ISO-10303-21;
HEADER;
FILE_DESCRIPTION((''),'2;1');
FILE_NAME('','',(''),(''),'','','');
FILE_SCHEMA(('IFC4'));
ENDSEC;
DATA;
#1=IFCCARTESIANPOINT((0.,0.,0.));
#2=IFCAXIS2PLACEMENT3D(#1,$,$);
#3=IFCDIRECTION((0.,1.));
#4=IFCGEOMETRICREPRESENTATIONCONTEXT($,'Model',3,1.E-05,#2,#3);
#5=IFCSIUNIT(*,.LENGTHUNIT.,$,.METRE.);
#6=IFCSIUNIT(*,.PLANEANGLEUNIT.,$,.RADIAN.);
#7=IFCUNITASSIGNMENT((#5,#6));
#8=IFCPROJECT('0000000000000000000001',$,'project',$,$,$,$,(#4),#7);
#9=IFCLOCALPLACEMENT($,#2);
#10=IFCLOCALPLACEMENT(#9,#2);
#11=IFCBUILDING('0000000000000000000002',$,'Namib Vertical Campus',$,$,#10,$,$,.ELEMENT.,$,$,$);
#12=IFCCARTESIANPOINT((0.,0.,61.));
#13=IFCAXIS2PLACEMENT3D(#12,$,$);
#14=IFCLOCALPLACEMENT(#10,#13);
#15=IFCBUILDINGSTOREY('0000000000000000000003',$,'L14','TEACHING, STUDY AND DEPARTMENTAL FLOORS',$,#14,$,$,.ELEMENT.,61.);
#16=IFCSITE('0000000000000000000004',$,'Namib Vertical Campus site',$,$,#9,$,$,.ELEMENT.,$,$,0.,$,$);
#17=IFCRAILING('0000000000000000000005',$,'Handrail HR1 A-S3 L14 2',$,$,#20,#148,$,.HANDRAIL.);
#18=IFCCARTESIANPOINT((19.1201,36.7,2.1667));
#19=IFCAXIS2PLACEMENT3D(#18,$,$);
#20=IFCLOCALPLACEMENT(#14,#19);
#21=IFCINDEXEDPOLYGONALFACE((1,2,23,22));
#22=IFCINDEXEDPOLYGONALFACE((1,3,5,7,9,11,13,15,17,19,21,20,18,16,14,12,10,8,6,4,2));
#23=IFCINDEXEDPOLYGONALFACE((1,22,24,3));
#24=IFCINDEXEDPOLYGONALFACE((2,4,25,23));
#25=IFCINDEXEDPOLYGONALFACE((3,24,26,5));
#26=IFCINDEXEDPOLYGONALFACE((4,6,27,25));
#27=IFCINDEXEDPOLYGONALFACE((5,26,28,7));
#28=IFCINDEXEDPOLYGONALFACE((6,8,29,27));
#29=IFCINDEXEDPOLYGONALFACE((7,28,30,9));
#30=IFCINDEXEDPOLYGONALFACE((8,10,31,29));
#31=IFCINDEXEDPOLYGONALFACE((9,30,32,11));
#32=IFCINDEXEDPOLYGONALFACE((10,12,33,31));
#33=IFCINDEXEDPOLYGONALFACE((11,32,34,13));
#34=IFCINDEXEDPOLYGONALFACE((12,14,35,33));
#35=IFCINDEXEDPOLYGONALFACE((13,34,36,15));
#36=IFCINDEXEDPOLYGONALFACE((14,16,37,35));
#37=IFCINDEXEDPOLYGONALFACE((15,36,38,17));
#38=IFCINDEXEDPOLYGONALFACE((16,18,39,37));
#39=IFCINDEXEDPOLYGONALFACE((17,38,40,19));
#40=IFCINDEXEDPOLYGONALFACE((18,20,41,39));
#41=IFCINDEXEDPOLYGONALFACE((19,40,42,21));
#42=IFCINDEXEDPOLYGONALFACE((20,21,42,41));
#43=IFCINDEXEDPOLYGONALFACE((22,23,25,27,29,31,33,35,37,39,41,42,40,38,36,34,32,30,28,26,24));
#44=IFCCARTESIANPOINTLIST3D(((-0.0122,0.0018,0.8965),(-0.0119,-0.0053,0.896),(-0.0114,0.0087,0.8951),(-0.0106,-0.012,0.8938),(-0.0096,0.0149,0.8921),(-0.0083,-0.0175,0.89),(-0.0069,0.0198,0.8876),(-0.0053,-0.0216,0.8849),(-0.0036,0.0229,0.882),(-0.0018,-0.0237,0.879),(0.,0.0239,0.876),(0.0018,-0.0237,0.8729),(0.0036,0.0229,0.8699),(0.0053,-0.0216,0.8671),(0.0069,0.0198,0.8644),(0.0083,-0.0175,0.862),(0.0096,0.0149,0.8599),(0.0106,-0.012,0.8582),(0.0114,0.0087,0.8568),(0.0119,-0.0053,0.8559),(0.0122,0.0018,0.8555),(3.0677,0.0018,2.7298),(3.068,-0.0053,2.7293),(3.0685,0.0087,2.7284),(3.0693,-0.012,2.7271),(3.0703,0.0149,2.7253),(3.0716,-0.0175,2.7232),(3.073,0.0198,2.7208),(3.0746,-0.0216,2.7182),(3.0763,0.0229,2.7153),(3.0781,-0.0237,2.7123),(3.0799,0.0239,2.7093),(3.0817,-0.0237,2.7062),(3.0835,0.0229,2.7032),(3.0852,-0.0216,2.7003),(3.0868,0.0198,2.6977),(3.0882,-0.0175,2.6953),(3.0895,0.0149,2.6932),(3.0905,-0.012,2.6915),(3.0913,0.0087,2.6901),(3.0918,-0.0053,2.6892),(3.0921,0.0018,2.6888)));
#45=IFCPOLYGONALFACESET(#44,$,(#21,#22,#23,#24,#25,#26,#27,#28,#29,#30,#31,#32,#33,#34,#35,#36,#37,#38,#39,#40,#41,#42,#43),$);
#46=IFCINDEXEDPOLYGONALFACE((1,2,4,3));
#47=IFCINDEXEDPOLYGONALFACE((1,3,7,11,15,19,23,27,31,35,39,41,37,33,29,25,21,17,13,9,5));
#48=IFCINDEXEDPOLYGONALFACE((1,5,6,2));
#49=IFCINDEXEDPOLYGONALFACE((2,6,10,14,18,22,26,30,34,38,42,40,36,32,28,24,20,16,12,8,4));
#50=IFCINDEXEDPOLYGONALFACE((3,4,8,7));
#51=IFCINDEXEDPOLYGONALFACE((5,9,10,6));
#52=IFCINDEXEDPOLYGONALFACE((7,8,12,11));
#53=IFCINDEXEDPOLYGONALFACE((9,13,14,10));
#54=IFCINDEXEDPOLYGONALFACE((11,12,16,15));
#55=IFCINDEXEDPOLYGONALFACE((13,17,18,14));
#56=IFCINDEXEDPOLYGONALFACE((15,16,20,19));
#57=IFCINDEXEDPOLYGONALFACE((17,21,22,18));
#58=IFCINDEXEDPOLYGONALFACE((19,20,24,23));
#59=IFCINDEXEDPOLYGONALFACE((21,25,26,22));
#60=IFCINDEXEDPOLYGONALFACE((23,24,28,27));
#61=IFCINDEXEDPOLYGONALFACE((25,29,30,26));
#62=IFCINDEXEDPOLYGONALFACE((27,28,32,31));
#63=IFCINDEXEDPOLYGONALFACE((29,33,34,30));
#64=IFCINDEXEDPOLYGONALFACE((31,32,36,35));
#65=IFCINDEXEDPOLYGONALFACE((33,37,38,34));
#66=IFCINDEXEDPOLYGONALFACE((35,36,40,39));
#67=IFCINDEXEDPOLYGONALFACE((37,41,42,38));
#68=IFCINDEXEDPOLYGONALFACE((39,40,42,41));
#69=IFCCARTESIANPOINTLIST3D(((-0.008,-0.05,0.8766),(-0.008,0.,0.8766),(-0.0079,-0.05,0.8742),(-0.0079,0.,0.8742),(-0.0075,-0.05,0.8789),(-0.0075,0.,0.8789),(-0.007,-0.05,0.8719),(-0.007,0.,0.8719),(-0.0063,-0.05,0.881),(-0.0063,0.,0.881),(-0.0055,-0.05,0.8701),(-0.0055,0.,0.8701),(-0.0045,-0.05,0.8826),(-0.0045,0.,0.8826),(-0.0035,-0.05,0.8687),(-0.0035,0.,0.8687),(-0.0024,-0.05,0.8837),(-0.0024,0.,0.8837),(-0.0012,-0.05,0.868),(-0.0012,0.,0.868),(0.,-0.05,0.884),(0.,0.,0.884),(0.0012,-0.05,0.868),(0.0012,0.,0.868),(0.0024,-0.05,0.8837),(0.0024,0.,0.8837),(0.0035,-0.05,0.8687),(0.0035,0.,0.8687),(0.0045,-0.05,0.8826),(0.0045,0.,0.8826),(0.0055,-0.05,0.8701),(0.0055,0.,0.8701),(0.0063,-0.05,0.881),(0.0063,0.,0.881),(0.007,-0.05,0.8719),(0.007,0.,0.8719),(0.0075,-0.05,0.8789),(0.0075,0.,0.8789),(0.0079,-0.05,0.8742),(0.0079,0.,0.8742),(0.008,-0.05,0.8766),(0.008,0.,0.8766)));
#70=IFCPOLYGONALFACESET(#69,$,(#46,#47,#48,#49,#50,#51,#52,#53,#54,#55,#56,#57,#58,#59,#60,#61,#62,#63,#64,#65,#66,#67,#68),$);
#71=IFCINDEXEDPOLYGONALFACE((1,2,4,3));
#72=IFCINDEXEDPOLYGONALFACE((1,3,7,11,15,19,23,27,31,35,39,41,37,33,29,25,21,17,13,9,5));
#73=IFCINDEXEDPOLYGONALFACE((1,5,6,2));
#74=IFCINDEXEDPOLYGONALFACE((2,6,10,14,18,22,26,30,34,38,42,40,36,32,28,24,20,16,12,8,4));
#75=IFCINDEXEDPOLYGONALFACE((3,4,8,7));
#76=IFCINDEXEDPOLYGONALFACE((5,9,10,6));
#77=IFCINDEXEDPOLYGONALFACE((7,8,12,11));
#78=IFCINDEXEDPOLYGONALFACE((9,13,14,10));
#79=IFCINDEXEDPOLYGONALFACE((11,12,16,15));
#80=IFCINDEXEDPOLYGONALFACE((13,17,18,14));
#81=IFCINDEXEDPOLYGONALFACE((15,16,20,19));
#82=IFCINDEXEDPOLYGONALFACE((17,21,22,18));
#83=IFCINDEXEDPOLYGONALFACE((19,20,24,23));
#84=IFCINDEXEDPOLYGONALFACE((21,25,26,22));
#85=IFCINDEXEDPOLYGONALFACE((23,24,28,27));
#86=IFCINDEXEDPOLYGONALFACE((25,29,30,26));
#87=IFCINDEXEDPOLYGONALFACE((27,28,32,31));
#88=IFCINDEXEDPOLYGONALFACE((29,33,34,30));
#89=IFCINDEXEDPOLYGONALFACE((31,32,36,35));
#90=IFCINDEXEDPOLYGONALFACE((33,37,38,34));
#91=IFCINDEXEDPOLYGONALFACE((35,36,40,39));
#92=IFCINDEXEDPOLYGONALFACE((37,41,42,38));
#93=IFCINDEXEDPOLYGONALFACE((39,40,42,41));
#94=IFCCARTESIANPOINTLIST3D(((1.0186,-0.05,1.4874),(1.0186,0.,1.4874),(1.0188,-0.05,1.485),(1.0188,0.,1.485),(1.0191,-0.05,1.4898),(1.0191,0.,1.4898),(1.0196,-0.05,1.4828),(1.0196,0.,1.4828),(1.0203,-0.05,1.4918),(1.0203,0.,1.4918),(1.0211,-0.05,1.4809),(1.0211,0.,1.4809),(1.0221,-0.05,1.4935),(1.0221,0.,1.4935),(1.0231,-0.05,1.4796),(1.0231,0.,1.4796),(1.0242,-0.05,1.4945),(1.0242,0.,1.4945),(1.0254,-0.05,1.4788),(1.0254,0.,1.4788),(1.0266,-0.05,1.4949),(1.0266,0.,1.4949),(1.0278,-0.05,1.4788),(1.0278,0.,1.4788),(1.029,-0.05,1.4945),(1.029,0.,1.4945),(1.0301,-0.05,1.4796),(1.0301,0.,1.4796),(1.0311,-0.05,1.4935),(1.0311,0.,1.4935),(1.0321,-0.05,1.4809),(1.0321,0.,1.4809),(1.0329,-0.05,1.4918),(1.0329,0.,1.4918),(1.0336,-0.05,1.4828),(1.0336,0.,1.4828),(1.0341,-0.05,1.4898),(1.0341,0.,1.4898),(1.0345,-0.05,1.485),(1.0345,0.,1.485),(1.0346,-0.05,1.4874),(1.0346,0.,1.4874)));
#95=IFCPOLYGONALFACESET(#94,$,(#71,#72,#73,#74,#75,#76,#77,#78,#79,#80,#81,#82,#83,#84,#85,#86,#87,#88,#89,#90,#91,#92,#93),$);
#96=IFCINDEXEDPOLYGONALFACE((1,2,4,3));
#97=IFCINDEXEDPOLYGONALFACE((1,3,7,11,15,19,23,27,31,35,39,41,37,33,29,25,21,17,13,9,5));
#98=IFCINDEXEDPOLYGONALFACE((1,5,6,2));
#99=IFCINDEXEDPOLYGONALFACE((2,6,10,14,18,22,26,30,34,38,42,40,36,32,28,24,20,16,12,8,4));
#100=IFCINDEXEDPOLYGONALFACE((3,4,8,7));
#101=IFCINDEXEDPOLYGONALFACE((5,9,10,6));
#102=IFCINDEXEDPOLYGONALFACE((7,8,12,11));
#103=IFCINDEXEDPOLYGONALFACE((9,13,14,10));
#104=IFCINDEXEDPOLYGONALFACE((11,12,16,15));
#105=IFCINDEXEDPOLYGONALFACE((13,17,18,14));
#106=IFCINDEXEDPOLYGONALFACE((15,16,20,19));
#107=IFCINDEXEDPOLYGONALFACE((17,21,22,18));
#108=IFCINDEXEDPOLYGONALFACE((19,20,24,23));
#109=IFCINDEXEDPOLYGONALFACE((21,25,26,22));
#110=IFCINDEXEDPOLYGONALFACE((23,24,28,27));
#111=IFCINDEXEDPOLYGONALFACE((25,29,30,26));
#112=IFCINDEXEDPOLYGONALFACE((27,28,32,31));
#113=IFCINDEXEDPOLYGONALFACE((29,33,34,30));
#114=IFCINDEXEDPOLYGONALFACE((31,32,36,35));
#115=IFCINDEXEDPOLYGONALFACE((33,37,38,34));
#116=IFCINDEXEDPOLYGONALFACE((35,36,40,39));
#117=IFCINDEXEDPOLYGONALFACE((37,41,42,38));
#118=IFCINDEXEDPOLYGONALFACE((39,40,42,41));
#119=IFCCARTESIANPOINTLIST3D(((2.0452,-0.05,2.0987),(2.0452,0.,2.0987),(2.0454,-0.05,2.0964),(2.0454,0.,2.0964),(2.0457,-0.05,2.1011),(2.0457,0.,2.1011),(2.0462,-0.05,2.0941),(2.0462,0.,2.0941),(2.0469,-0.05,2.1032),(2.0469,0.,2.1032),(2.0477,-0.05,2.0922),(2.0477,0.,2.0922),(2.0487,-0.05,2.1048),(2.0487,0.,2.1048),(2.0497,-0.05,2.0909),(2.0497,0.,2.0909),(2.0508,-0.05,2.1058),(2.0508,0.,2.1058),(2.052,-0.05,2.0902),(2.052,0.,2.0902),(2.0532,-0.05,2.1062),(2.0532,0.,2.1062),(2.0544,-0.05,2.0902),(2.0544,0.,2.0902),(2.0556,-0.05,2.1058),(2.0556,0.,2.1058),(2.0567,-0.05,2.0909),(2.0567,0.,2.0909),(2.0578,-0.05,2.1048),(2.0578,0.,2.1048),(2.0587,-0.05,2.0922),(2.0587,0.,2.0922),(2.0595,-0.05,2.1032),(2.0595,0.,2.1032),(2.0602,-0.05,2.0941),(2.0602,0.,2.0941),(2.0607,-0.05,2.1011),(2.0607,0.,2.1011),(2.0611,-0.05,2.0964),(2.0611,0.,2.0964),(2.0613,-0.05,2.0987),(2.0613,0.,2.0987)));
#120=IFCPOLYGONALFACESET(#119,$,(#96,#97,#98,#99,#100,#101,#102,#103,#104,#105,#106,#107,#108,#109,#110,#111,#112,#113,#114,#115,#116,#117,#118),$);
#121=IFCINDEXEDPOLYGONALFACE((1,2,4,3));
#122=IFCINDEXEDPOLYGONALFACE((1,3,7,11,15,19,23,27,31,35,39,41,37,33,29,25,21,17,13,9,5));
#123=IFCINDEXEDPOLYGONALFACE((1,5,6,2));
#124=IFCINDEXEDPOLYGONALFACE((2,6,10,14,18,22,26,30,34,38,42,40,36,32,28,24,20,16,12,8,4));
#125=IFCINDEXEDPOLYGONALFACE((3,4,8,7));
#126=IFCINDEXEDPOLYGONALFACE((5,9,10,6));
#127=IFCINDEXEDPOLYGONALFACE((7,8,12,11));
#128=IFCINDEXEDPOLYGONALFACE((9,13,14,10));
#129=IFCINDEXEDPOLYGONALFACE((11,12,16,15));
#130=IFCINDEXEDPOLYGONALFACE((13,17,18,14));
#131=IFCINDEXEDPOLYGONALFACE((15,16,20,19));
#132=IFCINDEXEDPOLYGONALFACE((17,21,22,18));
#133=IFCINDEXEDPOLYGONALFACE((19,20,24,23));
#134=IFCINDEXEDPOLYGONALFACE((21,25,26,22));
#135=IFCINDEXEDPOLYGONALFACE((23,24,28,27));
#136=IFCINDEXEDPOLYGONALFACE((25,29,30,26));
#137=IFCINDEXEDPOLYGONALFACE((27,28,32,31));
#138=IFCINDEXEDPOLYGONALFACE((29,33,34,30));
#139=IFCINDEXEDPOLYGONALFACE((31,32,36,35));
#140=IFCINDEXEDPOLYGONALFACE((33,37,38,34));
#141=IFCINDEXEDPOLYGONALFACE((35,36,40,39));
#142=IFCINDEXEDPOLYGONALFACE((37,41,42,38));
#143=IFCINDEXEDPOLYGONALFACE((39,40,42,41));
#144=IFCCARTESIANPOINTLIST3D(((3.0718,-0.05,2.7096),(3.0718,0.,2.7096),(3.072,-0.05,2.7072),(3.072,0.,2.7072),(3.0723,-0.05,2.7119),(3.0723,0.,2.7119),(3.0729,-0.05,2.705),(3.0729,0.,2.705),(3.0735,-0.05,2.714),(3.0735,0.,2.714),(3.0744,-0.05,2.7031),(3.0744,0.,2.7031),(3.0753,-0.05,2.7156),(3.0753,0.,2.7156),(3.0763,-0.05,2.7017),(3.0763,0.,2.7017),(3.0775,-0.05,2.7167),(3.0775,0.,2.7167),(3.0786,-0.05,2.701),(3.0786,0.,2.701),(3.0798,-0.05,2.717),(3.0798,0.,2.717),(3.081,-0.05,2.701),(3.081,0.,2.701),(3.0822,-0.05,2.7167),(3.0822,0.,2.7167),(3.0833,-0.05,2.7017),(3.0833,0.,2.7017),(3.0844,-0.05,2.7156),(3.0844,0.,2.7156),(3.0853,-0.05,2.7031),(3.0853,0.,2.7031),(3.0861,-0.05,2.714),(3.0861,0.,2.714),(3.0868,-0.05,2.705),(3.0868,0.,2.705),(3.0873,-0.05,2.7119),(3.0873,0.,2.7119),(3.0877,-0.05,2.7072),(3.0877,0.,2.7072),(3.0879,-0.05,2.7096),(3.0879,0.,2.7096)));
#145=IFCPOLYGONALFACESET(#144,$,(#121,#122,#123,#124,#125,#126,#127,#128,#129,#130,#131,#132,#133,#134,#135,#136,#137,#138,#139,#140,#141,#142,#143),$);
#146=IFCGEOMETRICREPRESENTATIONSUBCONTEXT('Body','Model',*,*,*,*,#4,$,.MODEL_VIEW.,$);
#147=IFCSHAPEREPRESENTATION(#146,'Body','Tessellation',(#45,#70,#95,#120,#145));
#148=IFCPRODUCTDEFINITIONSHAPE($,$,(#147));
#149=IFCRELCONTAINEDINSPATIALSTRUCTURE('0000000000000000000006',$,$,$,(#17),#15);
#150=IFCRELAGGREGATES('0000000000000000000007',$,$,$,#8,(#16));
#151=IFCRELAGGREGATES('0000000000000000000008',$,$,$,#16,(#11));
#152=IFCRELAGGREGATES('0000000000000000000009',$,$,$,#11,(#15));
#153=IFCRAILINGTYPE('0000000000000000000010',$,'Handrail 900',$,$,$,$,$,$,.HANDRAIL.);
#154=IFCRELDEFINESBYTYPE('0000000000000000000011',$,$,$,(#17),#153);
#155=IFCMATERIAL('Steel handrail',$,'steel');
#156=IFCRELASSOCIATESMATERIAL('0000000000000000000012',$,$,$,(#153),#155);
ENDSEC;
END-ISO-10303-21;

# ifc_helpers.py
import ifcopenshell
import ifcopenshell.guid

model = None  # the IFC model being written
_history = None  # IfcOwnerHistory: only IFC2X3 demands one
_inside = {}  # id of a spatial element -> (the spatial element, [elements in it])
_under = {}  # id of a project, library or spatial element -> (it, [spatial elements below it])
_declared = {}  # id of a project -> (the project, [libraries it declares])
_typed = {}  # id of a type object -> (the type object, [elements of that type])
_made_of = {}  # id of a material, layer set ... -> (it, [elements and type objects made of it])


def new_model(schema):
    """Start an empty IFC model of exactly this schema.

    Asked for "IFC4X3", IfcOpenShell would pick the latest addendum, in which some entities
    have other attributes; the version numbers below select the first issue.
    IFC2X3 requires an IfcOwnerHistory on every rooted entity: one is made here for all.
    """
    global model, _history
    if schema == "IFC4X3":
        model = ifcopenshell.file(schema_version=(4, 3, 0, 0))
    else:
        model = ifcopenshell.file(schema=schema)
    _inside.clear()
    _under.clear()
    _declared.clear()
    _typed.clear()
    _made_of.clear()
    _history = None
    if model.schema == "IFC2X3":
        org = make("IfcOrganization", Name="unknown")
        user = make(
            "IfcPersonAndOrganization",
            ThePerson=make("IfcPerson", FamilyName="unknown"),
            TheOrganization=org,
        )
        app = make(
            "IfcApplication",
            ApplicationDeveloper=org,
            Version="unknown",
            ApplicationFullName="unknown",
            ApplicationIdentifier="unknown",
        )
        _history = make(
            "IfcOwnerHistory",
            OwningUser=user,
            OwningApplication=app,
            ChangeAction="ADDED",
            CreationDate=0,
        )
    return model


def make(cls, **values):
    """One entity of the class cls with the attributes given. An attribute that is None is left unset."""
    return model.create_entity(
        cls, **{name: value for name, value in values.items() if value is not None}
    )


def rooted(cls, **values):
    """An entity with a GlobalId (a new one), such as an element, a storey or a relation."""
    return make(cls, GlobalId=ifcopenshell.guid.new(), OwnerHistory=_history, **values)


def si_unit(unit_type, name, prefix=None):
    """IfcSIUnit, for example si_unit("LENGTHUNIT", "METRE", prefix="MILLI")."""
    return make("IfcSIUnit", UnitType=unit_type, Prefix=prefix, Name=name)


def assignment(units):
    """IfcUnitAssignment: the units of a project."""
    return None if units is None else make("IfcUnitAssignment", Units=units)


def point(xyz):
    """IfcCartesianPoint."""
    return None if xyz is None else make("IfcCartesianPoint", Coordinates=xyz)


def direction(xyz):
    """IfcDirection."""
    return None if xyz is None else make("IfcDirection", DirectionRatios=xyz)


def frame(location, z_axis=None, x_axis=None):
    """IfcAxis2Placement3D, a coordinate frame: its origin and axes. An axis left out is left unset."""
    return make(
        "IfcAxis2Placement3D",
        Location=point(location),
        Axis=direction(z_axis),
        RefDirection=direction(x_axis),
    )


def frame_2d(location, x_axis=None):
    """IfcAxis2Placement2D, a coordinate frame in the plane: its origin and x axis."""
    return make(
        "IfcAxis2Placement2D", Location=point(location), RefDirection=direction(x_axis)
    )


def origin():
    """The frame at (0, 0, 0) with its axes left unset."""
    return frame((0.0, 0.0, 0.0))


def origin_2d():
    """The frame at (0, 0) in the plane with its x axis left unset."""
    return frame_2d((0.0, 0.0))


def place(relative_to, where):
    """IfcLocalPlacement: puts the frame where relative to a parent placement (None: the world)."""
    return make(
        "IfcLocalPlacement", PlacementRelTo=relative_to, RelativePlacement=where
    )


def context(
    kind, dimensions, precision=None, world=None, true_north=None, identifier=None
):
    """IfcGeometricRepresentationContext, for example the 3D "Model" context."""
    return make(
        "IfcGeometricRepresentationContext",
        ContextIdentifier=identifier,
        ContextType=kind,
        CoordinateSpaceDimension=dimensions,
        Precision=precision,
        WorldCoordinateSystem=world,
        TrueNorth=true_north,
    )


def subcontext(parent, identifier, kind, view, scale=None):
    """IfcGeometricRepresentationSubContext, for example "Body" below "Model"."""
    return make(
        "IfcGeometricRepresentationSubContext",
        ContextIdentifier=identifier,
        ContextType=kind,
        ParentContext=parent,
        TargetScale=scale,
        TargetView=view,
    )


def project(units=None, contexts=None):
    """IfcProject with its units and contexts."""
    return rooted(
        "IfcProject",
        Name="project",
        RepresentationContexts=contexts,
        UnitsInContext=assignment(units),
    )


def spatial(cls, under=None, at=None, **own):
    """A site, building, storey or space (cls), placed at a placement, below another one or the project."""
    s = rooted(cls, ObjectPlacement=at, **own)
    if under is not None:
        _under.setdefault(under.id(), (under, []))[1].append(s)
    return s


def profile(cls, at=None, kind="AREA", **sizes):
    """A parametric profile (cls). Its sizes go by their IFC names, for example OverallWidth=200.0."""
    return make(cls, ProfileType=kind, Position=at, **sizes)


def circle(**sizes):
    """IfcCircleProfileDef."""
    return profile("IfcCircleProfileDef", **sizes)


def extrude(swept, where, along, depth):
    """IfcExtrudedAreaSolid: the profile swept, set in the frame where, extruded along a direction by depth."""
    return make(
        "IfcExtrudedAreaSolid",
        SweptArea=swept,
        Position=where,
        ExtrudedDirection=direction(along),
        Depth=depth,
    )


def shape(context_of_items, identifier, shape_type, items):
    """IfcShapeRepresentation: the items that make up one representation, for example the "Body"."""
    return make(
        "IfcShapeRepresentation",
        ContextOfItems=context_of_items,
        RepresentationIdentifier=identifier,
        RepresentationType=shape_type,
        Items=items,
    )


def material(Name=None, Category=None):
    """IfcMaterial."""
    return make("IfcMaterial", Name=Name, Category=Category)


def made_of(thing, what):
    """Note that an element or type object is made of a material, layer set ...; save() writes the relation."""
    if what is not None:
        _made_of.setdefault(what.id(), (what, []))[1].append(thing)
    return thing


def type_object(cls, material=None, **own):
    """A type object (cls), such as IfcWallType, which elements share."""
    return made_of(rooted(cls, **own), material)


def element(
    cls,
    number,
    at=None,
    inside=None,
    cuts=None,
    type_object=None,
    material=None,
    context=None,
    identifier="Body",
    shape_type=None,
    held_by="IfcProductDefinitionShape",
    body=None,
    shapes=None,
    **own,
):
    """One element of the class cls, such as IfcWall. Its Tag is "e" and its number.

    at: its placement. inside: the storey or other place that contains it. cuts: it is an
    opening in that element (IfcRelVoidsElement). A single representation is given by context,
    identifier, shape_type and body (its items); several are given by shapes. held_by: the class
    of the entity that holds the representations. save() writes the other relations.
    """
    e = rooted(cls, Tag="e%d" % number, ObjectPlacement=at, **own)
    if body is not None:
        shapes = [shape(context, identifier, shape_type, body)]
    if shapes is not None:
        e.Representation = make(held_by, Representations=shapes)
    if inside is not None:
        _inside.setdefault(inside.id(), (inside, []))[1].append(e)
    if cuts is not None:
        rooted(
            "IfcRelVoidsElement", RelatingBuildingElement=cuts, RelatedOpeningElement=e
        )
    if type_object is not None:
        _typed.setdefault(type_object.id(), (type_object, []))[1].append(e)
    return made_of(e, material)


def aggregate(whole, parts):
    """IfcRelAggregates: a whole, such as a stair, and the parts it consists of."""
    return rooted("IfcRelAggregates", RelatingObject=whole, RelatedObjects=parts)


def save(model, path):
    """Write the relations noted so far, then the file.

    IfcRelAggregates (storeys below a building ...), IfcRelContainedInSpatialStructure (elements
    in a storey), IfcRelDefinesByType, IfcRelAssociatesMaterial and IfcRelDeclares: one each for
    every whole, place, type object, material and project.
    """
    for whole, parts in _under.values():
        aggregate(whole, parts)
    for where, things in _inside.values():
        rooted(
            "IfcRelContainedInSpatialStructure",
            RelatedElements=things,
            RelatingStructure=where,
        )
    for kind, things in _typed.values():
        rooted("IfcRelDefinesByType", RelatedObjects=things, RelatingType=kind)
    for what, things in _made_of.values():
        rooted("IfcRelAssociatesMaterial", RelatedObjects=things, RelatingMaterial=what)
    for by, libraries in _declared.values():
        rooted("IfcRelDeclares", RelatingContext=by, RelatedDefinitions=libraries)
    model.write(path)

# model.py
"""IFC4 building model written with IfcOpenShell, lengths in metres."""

from ifc_helpers import new_model, si_unit, direction, frame, origin, origin_2d, place, context, subcontext, project, spatial, circle, extrude, material, type_object, element, save


model = new_model("IFC4")

# Units and contexts
model_context = context("Model", 3, precision=1e-05, world=origin(), true_north=direction((0.0, 1.0)))
body_context = subcontext(model_context, "Body", "Model", "MODEL_VIEW")
ifc_project = project(units=[si_unit("LENGTHUNIT", "METRE"), si_unit("PLANEANGLEUNIT", "RADIAN")], contexts=[model_context])

# Site, building, storey
site_placement = place(None, origin())
site = spatial("IfcSite", under=ifc_project, at=site_placement, Name="Namib Vertical Campus site", CompositionType="ELEMENT", RefElevation=0.0)
building_placement = place(site_placement, origin())
building = spatial("IfcBuilding", under=site, at=building_placement, Name="Namib Vertical Campus", CompositionType="ELEMENT")
storey_placement = place(building_placement, frame((0.0, 0.0, 61.0)))
storey = spatial("IfcBuildingStorey", under=building, at=storey_placement, Name="L14", Description="TEACHING, STUDY AND DEPARTMENTAL FLOORS", CompositionType="ELEMENT", Elevation=61.0)

# Railing
ifc_material_1 = material(Name="Steel handrail", Category="steel")
railing_type = type_object("IfcRailingType", Name="Handrail 900", PredefinedType="HANDRAIL", material=ifc_material_1)
railing_1_placement = place(storey_placement, frame((19.1201, 36.7, 2.1667)))
element("IfcRailing", 1, at=railing_1_placement, inside=storey, type_object=railing_type, Name="Handrail HR1 A-S3 L14 2", PredefinedType="HANDRAIL", context=body_context, shape_type="SweptSolid", body=[
    extrude(circle(Radius=0.0239, at=origin_2d()), frame((0.0, 0.0, 0.876), z_axis=(0.859291, 0.0, 0.511487), x_axis=(0.0, 1.0, 0.0)), (0.0, 0.0, 1.0), 3.5842),
    extrude(circle(Radius=0.0081, at=origin_2d()), frame((0.0, 0.0, 0.876), z_axis=(0.0, -1.0, 0.0), x_axis=(0.0, 0.0, 1.0)), (0.0, 0.0, 1.0), 0.05),
    extrude(circle(Radius=0.0081, at=origin_2d()), frame((1.0266, 0.0, 1.4868), z_axis=(0.0, -1.0, 0.0), x_axis=(0.0, 0.0, 1.0)), (0.0, 0.0, 1.0), 0.05),
    extrude(circle(Radius=0.0081, at=origin_2d()), frame((2.0532, 0.0, 2.0981), z_axis=(0.0, -1.0, 0.0), x_axis=(0.0, 0.0, 1.0)), (0.0, 0.0, 1.0), 0.05),
    extrude(circle(Radius=0.0081, at=origin_2d()), frame((3.0798, 0.0, 2.709), z_axis=(0.0, -1.0, 0.0), x_axis=(0.0, 0.0, 1.0)), (0.0, 0.0, 1.0), 0.05),
])

save(model, "model.ifc")
